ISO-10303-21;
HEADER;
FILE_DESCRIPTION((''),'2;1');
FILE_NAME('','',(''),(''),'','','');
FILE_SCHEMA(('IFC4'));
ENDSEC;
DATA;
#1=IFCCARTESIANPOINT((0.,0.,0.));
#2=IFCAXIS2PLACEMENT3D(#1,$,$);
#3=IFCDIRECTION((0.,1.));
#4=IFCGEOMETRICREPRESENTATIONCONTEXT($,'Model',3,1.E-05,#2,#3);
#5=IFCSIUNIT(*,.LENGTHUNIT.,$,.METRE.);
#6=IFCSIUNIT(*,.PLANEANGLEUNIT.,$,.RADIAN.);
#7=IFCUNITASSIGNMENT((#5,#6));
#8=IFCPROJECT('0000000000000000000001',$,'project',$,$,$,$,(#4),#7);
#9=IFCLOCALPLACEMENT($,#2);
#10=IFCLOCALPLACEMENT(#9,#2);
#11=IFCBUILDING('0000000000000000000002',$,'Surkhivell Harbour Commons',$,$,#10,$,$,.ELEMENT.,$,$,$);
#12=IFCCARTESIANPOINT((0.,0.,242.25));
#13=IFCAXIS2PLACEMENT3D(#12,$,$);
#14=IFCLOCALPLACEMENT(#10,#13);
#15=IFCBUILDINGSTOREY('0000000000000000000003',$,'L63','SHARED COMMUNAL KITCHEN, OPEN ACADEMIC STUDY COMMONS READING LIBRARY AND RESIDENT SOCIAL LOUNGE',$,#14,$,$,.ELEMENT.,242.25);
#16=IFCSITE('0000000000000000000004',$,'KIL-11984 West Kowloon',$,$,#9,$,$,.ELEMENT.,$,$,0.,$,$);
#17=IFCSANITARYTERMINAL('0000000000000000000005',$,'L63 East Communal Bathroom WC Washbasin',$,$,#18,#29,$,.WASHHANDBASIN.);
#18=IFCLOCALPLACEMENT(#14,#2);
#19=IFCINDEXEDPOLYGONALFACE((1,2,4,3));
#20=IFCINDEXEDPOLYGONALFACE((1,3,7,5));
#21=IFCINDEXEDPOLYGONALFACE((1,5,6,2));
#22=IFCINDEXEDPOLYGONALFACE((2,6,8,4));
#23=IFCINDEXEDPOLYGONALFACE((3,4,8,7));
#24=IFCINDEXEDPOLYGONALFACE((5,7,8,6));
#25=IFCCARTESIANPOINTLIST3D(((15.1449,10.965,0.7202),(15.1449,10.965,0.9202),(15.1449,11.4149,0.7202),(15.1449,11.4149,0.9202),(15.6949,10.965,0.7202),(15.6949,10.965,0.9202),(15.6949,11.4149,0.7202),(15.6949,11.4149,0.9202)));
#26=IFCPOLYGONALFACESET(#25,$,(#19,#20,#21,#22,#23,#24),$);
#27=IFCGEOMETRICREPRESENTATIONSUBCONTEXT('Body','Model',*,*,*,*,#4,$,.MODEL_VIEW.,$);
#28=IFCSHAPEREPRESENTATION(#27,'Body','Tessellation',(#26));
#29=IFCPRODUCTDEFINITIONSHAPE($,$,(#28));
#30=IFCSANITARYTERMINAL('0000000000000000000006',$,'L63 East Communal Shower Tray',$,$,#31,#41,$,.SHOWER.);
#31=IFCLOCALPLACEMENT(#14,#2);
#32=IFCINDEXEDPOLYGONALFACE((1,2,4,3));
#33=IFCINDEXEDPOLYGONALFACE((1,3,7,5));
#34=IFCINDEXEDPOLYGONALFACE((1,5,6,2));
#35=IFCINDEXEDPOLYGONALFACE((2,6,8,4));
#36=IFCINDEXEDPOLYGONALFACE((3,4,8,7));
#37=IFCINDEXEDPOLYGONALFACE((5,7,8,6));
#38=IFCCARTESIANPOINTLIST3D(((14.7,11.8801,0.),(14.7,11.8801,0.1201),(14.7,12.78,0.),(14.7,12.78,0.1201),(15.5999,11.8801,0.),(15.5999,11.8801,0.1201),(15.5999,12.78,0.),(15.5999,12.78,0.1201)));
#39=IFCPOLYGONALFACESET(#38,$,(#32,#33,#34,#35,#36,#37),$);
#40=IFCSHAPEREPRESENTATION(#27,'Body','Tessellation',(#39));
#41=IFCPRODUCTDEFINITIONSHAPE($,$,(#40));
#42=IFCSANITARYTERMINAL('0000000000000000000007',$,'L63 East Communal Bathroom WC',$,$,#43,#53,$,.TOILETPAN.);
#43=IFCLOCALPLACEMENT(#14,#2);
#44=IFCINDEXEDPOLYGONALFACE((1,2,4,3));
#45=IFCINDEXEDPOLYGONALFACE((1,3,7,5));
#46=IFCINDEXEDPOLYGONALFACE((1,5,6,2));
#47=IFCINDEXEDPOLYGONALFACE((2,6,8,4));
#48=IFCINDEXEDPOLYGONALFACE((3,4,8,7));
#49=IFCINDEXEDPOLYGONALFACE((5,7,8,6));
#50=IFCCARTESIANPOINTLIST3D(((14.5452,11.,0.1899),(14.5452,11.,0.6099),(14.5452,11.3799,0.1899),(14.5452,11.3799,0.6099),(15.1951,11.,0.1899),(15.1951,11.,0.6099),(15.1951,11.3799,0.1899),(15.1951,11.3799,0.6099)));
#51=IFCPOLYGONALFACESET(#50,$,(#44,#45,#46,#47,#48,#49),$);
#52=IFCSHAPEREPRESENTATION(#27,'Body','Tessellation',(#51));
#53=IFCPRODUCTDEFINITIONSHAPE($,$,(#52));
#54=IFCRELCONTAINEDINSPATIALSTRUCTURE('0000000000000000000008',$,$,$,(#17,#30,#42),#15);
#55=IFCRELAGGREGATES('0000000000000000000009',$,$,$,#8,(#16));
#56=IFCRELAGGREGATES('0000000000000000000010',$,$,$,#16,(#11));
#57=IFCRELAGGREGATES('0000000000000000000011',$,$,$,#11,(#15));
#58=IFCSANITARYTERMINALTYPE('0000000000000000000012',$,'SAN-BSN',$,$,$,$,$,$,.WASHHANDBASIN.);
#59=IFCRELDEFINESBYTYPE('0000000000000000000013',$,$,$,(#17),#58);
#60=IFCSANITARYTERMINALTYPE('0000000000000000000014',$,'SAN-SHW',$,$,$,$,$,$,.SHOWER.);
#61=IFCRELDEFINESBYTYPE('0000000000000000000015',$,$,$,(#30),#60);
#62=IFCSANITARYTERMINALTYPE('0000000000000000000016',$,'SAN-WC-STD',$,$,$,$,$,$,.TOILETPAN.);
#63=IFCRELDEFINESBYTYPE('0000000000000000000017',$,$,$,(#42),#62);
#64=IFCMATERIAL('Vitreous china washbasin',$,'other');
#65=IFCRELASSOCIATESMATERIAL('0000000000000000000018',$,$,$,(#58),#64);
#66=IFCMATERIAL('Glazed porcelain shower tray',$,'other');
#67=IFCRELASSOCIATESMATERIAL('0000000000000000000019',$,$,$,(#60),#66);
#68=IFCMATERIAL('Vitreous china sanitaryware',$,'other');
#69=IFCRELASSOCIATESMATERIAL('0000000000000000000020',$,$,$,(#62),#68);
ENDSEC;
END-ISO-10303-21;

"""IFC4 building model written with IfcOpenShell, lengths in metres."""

from ifc_helpers import new_model, si_unit, direction, frame, origin, origin_2d, place, context, subcontext, project, spatial, rectangle, extrude, material, type_object, element, save


model = new_model("IFC4")

# Units and contexts
model_context = context("Model", 3, precision=1e-05, world=origin(), true_north=direction((0.0, 1.0)))
body_context = subcontext(model_context, "Body", "Model", "MODEL_VIEW")
ifc_project = project(units=[si_unit("LENGTHUNIT", "METRE"), si_unit("PLANEANGLEUNIT", "RADIAN")], contexts=[model_context])

# Site, building, storey
site_placement = place(None, origin())
site = spatial("IfcSite", under=ifc_project, at=site_placement, Name="KIL-11984 West Kowloon", CompositionType="ELEMENT", RefElevation=0.0)
building_placement = place(site_placement, origin())
building = spatial("IfcBuilding", under=site, at=building_placement, Name="Surkhivell Harbour Commons", CompositionType="ELEMENT")
storey_placement = place(building_placement, frame((0.0, 0.0, 242.25)))
storey = spatial("IfcBuildingStorey", under=building, at=storey_placement, Name="L63", Description="SHARED COMMUNAL KITCHEN, OPEN ACADEMIC STUDY COMMONS READING LIBRARY AND RESIDENT SOCIAL LOUNGE", CompositionType="ELEMENT", Elevation=242.25)

# Sanitary terminals
ifc_material_1 = material(Name="Vitreous china washbasin", Category="other")
sanitary_terminal_type_1 = type_object("IfcSanitaryTerminalType", Name="SAN-BSN", PredefinedType="WASHHANDBASIN", material=ifc_material_1)
sanitary_terminal_1_placement = place(storey_placement, frame((15.4199, 11.1899, 0.7202), z_axis=(0.0, 0.0, 1.0), x_axis=(1.0, 0.0, 0.0)))
element("IfcSanitaryTerminal", 1, at=sanitary_terminal_1_placement, inside=storey, type_object=sanitary_terminal_type_1, Name="L63 East Communal Bathroom WC Washbasin", PredefinedType="WASHHANDBASIN", context=body_context, shape_type="SweptSolid", body=[
    extrude(rectangle(XDim=0.55, YDim=0.45, at=origin_2d()), origin(), (0.0, 0.0, 1.0), 0.2),
])
ifc_material_2 = material(Name="Glazed porcelain shower tray", Category="other")
sanitary_terminal_type_2 = type_object("IfcSanitaryTerminalType", Name="SAN-SHW", PredefinedType="SHOWER", material=ifc_material_2)
sanitary_terminal_2_placement = place(storey_placement, frame((15.1499, 12.3301, 0.0), z_axis=(0.0, 0.0, 1.0), x_axis=(1.0, 0.0, 0.0)))
element("IfcSanitaryTerminal", 2, at=sanitary_terminal_2_placement, inside=storey, type_object=sanitary_terminal_type_2, Name="L63 East Communal Shower Tray", PredefinedType="SHOWER", context=body_context, shape_type="SweptSolid", body=[
    extrude(rectangle(XDim=0.8999, YDim=0.8999, at=origin_2d()), origin(), (0.0, 0.0, 1.0), 0.1201),
])
ifc_material_3 = material(Name="Vitreous china sanitaryware", Category="other")
sanitary_terminal_type_3 = type_object("IfcSanitaryTerminalType", Name="SAN-WC-STD", PredefinedType="TOILETPAN", material=ifc_material_3)
sanitary_terminal_3_placement = place(storey_placement, frame((14.8701, 11.1899, 0.1899), z_axis=(0.0, 0.0, 1.0), x_axis=(1.0, 0.0, 0.0)))
element("IfcSanitaryTerminal", 3, at=sanitary_terminal_3_placement, inside=storey, type_object=sanitary_terminal_type_3, Name="L63 East Communal Bathroom WC", PredefinedType="TOILETPAN", context=body_context, shape_type="SweptSolid", body=[
    extrude(rectangle(XDim=0.6499, YDim=0.3799, at=origin_2d()), origin(), (0.0, 0.0, 1.0), 0.4199),
])

save(model, "model.ifc")
